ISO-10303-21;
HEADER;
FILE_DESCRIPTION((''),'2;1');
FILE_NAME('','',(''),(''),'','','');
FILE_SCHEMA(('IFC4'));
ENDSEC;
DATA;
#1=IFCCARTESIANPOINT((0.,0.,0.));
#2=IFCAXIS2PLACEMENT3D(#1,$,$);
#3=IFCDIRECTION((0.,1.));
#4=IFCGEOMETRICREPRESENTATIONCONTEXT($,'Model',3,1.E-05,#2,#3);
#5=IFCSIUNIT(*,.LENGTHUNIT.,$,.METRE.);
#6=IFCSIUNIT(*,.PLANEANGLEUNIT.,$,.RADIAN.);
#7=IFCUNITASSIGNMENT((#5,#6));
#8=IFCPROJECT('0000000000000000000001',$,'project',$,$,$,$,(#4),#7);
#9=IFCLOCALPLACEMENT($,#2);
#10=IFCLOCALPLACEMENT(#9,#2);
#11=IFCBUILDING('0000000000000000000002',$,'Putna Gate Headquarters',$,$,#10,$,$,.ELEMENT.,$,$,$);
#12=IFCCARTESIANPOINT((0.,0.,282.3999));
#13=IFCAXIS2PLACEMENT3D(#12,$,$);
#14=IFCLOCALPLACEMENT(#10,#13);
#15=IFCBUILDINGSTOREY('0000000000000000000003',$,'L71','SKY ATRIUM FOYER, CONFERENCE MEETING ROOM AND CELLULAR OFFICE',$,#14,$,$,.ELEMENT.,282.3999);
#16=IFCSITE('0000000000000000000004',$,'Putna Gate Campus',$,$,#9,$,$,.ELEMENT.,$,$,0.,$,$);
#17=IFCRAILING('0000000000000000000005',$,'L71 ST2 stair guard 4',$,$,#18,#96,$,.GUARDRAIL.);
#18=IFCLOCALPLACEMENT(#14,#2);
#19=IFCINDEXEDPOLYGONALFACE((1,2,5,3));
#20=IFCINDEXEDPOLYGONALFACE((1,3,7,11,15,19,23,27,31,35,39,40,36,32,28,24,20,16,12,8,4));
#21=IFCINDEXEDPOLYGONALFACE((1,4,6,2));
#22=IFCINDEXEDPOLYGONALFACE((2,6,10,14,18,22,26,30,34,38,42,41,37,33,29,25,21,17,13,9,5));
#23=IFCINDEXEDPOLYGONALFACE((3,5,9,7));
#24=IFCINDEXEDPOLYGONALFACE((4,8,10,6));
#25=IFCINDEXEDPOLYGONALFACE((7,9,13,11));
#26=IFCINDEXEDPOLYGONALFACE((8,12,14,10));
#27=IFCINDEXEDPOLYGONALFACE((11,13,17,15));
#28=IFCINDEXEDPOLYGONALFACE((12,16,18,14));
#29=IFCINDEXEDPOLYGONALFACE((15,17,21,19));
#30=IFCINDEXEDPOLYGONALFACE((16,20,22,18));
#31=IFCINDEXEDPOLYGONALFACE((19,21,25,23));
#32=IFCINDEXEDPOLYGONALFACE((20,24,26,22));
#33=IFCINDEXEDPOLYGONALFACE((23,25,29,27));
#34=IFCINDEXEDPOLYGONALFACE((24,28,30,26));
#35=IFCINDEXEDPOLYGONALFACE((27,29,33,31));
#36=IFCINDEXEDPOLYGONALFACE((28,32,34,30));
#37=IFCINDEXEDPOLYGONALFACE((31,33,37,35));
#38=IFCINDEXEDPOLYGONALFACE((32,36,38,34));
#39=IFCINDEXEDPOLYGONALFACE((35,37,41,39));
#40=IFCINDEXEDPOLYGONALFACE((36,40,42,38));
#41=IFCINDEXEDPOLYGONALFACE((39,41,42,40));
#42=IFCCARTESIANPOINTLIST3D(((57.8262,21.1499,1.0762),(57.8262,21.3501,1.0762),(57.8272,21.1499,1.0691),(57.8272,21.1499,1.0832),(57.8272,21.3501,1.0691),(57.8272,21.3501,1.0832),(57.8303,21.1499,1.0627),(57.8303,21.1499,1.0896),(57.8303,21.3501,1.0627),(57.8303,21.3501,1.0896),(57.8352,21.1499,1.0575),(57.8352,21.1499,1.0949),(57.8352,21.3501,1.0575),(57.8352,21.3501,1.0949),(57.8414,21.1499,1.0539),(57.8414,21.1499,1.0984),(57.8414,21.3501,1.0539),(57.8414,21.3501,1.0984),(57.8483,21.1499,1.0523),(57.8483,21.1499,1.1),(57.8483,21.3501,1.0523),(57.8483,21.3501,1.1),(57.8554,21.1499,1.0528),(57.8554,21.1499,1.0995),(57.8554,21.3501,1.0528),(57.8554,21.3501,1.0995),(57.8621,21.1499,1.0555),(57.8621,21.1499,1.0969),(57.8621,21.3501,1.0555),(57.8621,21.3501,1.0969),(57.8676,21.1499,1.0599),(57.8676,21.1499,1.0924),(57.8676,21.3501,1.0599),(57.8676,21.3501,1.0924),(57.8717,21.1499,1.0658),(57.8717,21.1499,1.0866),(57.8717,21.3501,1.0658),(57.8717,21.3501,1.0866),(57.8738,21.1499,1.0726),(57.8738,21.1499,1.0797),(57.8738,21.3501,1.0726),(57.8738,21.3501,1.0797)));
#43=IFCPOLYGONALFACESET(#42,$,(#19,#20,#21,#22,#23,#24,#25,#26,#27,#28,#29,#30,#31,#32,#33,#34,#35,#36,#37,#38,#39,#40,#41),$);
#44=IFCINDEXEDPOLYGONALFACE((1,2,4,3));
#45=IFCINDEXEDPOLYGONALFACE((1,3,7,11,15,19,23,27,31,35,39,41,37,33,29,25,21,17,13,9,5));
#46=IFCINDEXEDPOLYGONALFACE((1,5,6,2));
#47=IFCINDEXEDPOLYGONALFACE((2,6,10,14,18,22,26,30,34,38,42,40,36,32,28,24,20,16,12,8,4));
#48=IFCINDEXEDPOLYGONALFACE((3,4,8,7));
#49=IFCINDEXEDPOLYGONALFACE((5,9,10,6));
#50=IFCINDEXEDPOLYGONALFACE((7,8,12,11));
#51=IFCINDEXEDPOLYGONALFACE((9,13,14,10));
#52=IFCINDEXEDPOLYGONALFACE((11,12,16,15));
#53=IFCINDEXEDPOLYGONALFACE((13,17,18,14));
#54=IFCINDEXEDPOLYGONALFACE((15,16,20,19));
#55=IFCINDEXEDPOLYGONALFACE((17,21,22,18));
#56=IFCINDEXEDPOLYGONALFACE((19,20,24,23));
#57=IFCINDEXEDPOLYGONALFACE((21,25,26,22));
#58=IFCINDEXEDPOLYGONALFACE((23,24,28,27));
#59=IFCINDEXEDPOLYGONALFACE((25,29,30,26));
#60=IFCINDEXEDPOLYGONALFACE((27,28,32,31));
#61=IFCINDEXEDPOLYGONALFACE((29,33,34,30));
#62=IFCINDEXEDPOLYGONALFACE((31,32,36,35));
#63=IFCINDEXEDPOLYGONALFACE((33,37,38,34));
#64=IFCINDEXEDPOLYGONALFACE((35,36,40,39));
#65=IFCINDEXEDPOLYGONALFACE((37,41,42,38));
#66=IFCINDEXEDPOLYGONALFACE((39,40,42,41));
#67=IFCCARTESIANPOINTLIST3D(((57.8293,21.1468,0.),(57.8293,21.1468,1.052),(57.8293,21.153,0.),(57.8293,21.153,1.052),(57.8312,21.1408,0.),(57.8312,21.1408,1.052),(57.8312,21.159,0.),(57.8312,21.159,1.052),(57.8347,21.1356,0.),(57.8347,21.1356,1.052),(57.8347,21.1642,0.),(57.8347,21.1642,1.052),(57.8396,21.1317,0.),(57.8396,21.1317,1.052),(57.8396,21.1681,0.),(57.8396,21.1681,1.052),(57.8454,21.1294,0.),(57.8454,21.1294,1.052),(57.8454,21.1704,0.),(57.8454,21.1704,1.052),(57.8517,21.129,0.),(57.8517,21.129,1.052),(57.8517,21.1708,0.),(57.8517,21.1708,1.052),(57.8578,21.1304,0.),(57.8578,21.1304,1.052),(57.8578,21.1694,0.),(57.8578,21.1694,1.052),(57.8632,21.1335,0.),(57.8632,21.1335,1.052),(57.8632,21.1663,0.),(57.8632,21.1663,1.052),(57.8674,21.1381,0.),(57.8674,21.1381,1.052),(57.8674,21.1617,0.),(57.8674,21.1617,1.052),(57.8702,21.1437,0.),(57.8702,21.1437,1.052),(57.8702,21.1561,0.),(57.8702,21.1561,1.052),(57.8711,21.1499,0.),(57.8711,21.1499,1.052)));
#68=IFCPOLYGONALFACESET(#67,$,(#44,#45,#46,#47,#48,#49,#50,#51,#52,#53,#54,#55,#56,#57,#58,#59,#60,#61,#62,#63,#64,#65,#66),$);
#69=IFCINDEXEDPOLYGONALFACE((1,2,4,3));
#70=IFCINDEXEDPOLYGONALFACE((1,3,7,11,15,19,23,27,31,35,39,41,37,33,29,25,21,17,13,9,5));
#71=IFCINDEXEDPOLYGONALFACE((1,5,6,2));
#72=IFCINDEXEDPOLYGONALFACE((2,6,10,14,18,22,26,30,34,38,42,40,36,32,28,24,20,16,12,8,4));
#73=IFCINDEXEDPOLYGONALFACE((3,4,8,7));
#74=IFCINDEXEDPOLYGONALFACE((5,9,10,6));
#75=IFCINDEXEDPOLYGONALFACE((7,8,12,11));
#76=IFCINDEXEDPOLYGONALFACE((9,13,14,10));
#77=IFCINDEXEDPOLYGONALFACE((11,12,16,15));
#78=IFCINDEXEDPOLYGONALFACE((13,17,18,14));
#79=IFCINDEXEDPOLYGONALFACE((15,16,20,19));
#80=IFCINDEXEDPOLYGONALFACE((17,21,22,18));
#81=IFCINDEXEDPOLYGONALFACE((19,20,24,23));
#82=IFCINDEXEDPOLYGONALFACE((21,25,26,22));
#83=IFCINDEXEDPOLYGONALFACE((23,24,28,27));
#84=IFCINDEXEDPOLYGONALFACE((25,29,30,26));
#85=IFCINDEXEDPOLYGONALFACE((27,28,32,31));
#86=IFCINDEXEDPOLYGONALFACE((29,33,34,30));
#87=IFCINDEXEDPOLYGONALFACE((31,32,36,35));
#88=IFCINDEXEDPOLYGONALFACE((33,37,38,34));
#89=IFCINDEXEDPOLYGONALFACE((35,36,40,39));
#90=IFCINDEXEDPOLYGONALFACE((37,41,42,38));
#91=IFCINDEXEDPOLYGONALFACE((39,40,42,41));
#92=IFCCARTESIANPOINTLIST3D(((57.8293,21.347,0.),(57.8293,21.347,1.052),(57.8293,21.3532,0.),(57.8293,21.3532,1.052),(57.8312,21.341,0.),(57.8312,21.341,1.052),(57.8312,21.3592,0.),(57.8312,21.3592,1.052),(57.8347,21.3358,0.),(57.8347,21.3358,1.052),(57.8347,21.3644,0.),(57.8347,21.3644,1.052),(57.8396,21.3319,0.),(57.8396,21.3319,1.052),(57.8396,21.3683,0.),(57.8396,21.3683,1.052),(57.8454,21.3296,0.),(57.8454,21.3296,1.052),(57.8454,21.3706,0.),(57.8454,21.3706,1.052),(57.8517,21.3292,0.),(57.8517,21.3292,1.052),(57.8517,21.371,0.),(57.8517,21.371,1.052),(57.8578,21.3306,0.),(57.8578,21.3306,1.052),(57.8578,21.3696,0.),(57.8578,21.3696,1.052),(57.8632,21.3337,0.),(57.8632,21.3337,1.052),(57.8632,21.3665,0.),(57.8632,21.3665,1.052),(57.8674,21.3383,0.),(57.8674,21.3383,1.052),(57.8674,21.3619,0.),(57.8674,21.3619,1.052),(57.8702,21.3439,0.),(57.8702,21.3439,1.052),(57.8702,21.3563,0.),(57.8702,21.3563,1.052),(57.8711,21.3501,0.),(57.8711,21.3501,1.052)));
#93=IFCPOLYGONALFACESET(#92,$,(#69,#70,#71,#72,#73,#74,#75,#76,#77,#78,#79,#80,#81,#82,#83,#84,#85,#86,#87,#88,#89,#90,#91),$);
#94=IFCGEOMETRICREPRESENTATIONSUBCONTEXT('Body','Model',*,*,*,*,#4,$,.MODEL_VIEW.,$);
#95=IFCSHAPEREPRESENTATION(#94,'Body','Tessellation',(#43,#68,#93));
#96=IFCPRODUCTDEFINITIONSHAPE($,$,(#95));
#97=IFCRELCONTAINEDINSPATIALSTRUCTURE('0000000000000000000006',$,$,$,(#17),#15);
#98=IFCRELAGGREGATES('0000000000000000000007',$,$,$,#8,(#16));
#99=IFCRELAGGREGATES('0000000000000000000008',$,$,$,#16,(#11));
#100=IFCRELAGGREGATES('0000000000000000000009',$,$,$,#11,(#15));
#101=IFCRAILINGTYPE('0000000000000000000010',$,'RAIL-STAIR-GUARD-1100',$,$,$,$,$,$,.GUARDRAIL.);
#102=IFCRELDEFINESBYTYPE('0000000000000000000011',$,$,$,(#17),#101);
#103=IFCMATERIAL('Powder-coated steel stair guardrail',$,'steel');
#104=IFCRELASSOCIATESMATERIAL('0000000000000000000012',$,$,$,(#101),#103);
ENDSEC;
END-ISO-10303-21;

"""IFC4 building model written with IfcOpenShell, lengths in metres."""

from ifc_helpers import new_model, si_unit, direction, frame, origin, origin_2d, place, context, subcontext, project, spatial, circle, extrude, material, type_object, element, save


model = new_model("IFC4")

# Units and contexts
model_context = context("Model", 3, precision=1e-05, world=origin(), true_north=direction((0.0, 1.0)))
body_context = subcontext(model_context, "Body", "Model", "MODEL_VIEW")
ifc_project = project(units=[si_unit("LENGTHUNIT", "METRE"), si_unit("PLANEANGLEUNIT", "RADIAN")], contexts=[model_context])

# Site, building, storey
site_placement = place(None, origin())
site = spatial("IfcSite", under=ifc_project, at=site_placement, Name="Putna Gate Campus", CompositionType="ELEMENT", RefElevation=0.0)
building_placement = place(site_placement, origin())
building = spatial("IfcBuilding", under=site, at=building_placement, Name="Putna Gate Headquarters", CompositionType="ELEMENT")
storey_placement = place(building_placement, frame((0.0, 0.0, 282.3999)))
storey = spatial("IfcBuildingStorey", under=building, at=storey_placement, Name="L71", Description="SKY ATRIUM FOYER, CONFERENCE MEETING ROOM AND CELLULAR OFFICE", CompositionType="ELEMENT", Elevation=282.3999)

# Railing
ifc_material_1 = material(Name="Powder-coated steel stair guardrail", Category="steel")
railing_type_1 = type_object("IfcRailingType", Name="RAIL-STAIR-GUARD-1100", PredefinedType="GUARDRAIL", material=ifc_material_1)
railing_1_placement = place(storey_placement, frame((57.8501, 21.1499, 0.0)))
element("IfcRailing", 1, at=railing_1_placement, inside=storey, type_object=railing_type_1, Name="L71 ST2 stair guard 4", PredefinedType="GUARDRAIL", context=body_context, shape_type="SweptSolid", body=[
    extrude(circle(Radius=0.0239, at=origin_2d()), frame((0.0, 0.0, 1.0762), z_axis=(0.0, 1.0, 0.0), x_axis=(-1.0, 0.0, 0.0)), (0.0, 0.0, 1.0), 0.2002),
    extrude(circle(Radius=0.021, at=origin_2d()), origin(), (0.0, 0.0, 1.0), 1.052),
    extrude(circle(Radius=0.021, at=origin_2d()), frame((0.0, 0.2002, 0.0)), (0.0, 0.0, 1.0), 1.052),
])

save(model, "model.ifc")
